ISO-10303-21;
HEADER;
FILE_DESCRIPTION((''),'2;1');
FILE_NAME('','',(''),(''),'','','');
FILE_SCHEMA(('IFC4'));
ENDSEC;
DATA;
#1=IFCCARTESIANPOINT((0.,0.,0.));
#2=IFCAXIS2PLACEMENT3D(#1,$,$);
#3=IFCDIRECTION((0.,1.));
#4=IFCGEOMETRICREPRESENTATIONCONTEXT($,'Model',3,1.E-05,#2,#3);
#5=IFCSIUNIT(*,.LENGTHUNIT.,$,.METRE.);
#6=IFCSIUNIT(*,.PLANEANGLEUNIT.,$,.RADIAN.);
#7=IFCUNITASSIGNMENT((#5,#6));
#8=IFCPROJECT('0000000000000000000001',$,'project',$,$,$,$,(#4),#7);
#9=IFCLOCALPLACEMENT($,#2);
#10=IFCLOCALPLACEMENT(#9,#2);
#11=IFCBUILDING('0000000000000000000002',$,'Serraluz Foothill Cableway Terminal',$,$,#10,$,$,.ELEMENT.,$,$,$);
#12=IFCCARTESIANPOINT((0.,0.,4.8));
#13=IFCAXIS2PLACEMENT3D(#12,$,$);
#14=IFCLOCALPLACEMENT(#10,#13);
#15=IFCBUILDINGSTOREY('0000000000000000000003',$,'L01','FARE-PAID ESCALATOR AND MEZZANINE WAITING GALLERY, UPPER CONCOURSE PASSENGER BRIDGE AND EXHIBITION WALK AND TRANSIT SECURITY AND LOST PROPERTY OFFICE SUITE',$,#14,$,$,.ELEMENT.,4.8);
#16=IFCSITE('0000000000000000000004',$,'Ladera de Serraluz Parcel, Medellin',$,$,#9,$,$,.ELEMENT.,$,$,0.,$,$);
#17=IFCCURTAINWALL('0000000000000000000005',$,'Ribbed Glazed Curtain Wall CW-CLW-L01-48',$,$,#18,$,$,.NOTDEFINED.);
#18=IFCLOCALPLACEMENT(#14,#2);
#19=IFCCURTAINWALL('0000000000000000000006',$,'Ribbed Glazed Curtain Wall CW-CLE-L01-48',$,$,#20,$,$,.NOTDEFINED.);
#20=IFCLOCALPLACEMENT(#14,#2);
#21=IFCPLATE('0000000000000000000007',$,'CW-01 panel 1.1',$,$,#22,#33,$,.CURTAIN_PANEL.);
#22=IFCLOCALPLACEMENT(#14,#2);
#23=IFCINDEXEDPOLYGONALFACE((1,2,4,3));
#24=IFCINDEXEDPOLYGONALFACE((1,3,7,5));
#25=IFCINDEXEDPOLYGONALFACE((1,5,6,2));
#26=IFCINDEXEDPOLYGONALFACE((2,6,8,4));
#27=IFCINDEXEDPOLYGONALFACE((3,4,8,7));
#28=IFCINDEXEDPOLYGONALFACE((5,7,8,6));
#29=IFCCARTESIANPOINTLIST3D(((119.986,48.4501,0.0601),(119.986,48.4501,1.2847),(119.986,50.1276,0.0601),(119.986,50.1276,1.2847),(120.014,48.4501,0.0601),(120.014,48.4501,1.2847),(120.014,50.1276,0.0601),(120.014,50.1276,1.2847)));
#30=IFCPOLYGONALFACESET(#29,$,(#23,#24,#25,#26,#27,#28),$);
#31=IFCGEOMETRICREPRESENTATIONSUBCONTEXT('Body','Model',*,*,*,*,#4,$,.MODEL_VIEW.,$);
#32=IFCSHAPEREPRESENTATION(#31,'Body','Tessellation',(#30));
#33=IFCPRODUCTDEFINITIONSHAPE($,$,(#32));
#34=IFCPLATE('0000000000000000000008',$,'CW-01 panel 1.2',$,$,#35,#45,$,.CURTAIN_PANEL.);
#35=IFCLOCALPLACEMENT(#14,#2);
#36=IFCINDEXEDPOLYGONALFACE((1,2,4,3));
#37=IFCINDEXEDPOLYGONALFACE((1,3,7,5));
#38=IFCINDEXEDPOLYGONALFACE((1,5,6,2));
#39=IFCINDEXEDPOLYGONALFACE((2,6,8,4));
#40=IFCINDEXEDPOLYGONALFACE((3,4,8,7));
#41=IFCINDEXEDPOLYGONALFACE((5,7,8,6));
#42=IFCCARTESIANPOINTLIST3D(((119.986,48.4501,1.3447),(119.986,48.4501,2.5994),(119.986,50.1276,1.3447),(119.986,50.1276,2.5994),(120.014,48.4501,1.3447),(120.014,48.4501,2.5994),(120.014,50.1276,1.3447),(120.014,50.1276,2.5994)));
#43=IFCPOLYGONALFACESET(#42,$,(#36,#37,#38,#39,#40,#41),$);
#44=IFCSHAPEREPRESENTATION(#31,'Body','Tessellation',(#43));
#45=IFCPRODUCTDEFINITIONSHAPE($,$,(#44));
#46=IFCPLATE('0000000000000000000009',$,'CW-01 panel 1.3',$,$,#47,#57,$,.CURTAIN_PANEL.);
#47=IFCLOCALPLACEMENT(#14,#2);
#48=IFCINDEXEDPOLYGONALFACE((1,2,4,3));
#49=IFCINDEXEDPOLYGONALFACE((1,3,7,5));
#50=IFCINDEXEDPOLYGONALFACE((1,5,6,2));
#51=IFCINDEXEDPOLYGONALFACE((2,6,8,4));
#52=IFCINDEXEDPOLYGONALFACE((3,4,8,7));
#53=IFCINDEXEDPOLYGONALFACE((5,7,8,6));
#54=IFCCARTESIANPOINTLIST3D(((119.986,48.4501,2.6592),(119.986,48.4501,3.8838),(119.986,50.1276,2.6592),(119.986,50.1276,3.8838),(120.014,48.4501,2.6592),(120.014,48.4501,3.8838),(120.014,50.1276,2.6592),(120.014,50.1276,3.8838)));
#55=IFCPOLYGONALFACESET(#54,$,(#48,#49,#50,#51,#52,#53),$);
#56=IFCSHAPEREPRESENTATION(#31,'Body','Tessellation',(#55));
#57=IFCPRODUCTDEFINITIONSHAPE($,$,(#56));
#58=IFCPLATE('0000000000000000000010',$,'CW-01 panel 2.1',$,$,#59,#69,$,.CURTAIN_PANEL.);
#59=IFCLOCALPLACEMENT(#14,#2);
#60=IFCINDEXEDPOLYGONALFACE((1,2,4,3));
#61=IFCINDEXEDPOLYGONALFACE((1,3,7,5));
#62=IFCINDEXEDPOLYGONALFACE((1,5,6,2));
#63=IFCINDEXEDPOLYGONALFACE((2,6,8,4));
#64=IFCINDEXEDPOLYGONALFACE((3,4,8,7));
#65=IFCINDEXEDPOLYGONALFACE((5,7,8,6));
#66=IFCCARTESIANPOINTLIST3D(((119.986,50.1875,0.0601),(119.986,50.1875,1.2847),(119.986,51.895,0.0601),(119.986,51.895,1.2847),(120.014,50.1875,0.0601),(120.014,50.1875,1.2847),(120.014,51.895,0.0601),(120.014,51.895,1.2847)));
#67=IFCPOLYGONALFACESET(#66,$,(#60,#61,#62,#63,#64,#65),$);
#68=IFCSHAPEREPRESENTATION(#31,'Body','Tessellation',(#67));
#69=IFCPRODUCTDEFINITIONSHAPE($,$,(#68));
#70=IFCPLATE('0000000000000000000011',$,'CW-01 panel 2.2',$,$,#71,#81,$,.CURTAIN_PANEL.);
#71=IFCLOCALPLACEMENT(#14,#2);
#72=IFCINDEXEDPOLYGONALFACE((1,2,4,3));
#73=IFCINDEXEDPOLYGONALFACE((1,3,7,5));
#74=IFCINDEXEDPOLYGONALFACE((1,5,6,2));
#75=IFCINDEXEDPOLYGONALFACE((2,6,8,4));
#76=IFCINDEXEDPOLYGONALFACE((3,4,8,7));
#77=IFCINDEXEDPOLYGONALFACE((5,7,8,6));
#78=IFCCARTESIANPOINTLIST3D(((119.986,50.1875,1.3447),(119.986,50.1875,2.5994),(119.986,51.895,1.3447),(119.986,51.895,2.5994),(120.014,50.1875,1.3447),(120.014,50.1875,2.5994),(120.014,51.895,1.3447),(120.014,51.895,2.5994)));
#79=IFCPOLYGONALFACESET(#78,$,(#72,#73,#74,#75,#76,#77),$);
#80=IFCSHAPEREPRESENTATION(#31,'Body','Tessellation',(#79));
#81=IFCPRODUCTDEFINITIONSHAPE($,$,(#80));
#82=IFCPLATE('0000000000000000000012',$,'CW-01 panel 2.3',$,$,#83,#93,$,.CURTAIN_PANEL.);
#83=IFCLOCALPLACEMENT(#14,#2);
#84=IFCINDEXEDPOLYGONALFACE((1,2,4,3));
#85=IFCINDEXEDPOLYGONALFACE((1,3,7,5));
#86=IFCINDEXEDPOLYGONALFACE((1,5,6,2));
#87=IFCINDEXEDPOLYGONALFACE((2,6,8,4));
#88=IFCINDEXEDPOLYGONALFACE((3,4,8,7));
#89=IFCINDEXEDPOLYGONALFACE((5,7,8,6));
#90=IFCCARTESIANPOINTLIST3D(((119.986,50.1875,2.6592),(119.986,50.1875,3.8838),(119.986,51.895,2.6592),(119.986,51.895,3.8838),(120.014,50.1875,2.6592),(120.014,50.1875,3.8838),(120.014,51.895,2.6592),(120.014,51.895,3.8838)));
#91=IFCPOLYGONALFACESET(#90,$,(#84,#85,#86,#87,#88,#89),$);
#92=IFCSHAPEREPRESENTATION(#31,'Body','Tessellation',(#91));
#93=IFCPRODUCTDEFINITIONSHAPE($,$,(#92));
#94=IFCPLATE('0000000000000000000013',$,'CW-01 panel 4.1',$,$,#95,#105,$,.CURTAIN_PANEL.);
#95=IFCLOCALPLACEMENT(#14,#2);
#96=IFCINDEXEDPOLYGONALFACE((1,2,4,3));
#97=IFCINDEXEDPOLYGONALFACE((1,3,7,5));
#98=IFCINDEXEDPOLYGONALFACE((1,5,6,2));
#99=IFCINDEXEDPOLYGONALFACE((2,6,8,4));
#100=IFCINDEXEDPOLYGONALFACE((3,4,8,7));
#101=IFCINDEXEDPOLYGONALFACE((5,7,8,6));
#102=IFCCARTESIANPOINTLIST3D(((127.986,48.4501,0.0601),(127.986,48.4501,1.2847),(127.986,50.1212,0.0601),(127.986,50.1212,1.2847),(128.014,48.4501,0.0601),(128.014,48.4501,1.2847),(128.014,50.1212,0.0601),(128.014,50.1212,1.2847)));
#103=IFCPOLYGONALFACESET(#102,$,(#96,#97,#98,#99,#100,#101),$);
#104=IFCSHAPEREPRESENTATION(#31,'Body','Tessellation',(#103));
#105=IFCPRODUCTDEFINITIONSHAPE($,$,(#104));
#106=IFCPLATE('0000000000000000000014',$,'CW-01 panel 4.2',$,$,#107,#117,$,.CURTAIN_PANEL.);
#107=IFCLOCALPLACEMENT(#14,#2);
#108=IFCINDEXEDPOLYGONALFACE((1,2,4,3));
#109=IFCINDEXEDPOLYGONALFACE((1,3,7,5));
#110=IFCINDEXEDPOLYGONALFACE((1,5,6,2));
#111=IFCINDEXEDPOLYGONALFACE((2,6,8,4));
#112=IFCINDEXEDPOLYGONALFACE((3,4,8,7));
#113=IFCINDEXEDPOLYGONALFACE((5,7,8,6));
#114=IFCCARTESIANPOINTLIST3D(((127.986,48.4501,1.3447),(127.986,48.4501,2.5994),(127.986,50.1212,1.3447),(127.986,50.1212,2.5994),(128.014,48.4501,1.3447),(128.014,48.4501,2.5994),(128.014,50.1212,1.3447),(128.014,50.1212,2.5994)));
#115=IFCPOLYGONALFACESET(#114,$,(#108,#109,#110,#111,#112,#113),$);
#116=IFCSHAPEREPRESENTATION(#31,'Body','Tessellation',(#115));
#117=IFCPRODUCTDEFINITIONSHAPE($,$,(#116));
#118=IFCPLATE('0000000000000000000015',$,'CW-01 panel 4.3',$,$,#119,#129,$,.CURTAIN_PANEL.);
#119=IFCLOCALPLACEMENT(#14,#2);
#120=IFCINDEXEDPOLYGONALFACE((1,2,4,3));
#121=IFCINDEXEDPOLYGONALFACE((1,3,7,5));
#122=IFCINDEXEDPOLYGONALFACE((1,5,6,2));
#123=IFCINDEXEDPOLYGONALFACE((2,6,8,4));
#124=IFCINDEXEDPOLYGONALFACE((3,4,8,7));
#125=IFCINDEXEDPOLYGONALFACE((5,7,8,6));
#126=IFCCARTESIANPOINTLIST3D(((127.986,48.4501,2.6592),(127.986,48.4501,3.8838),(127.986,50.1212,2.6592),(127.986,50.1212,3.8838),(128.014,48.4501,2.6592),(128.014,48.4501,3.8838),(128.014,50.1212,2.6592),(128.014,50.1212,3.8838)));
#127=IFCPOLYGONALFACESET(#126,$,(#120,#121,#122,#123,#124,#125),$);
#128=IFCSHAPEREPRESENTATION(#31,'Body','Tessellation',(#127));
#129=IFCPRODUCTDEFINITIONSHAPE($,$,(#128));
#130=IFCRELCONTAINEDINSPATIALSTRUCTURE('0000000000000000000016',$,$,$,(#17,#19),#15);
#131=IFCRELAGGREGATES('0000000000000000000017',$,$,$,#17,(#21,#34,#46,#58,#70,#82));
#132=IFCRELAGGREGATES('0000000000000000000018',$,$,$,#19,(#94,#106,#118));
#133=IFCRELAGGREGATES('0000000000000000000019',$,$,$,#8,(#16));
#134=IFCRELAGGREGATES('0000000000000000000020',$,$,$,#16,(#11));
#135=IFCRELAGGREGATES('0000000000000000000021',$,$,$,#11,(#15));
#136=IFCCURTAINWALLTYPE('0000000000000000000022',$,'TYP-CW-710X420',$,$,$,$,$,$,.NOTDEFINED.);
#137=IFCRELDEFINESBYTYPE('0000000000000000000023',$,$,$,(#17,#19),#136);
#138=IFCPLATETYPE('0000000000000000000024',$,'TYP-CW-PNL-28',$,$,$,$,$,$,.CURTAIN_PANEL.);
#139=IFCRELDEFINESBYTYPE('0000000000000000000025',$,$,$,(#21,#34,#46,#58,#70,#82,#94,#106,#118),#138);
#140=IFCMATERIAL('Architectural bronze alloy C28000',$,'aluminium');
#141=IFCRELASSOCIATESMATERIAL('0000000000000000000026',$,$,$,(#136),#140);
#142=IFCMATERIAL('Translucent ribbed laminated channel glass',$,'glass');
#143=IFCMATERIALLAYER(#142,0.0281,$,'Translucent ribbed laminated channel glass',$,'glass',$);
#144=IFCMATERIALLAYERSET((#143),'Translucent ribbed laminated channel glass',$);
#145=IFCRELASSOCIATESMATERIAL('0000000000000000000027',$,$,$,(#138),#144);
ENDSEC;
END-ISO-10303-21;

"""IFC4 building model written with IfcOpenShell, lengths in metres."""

from ifc_helpers import new_model, si_unit, direction, frame, origin, origin_2d, place, context, subcontext, project, spatial, rectangle, extrude, material, layer, layer_set, type_object, element, aggregate, save


model = new_model("IFC4")

# Units and contexts
model_context = context("Model", 3, precision=1e-05, world=origin(), true_north=direction((0.0, 1.0)))
body_context = subcontext(model_context, "Body", "Model", "MODEL_VIEW")
ifc_project = project(units=[si_unit("LENGTHUNIT", "METRE"), si_unit("PLANEANGLEUNIT", "RADIAN")], contexts=[model_context])

# Site, building, storey
site_placement = place(None, origin())
site = spatial("IfcSite", under=ifc_project, at=site_placement, Name="Ladera de Serraluz Parcel, Medellin", CompositionType="ELEMENT", RefElevation=0.0)
building_placement = place(site_placement, origin())
building = spatial("IfcBuilding", under=site, at=building_placement, Name="Serraluz Foothill Cableway Terminal", CompositionType="ELEMENT")
storey_placement = place(building_placement, frame((0.0, 0.0, 4.8)))
storey = spatial("IfcBuildingStorey", under=building, at=storey_placement, Name="L01", Description="FARE-PAID ESCALATOR AND MEZZANINE WAITING GALLERY, UPPER CONCOURSE PASSENGER BRIDGE AND EXHIBITION WALK AND TRANSIT SECURITY AND LOST PROPERTY OFFICE SUITE", CompositionType="ELEMENT", Elevation=4.8)

# Shared definitions
ifc_material_1 = material(Name="Architectural bronze alloy C28000", Category="aluminium")
curtain_wall_type = type_object("IfcCurtainWallType", Name="TYP-CW-710X420", PredefinedType="NOTDEFINED", material=ifc_material_1)

# Curtain wall
curtain_wall_1_placement = place(storey_placement, origin())
curtain_wall_1 = element("IfcCurtainWall", 1, at=curtain_wall_1_placement, inside=storey, type_object=curtain_wall_type, Name="Ribbed Glazed Curtain Wall CW-CLW-L01-48", PredefinedType="NOTDEFINED")

# Curtain wall
curtain_wall_2_placement = place(storey_placement, origin())
curtain_wall_2 = element("IfcCurtainWall", 2, at=curtain_wall_2_placement, inside=storey, type_object=curtain_wall_type, Name="Ribbed Glazed Curtain Wall CW-CLE-L01-48", PredefinedType="NOTDEFINED")

# Plates
ifc_material_2 = material(Name="Translucent ribbed laminated channel glass", Category="glass")
ifc_layer = layer(ifc_material_2, 0.0281, Name="Translucent ribbed laminated channel glass", Category="glass")
ifc_layer_set = layer_set([ifc_layer], Name="Translucent ribbed laminated channel glass")
plate_type = type_object("IfcPlateType", Name="TYP-CW-PNL-28", PredefinedType="CURTAIN_PANEL", material=ifc_layer_set)
plate_1_placement = place(storey_placement, frame((120.0, 49.2888, 0.0601), z_axis=(0.0, 0.0, 1.0), x_axis=(0.0, 1.0, 0.0)))
plate_1 = element("IfcPlate", 3, at=plate_1_placement, type_object=plate_type, Name="CW-01 panel 1.1", PredefinedType="CURTAIN_PANEL", context=body_context, shape_type="SweptSolid", body=[
    extrude(rectangle(XDim=1.6775, YDim=0.0281, at=origin_2d()), origin(), (0.0, 0.0, 1.0), 1.2246),
])
plate_2_placement = place(storey_placement, frame((120.0, 49.2888, 1.3447), z_axis=(0.0, 0.0, 1.0), x_axis=(0.0, 1.0, 0.0)))
plate_2 = element("IfcPlate", 4, at=plate_2_placement, type_object=plate_type, Name="CW-01 panel 1.2", PredefinedType="CURTAIN_PANEL", context=body_context, shape_type="SweptSolid", body=[
    extrude(rectangle(XDim=1.6775, YDim=0.0281, at=origin_2d()), origin(), (0.0, 0.0, 1.0), 1.2546),
])
plate_3_placement = place(storey_placement, frame((120.0, 49.2888, 2.6592), z_axis=(0.0, 0.0, 1.0), x_axis=(0.0, 1.0, 0.0)))
plate_3 = element("IfcPlate", 5, at=plate_3_placement, type_object=plate_type, Name="CW-01 panel 1.3", PredefinedType="CURTAIN_PANEL", context=body_context, shape_type="SweptSolid", body=[
    extrude(rectangle(XDim=1.6775, YDim=0.0281, at=origin_2d()), origin(), (0.0, 0.0, 1.0), 1.2246),
])
plate_4_placement = place(storey_placement, frame((120.0, 51.0413, 0.0601), z_axis=(0.0, 0.0, 1.0), x_axis=(0.0, 1.0, 0.0)))
plate_4 = element("IfcPlate", 6, at=plate_4_placement, type_object=plate_type, Name="CW-01 panel 2.1", PredefinedType="CURTAIN_PANEL", context=body_context, shape_type="SweptSolid", body=[
    extrude(rectangle(XDim=1.7075, YDim=0.0281, at=origin_2d()), origin(), (0.0, 0.0, 1.0), 1.2246),
])
plate_5_placement = place(storey_placement, frame((120.0, 51.0413, 1.3447), z_axis=(0.0, 0.0, 1.0), x_axis=(0.0, 1.0, 0.0)))
plate_5 = element("IfcPlate", 7, at=plate_5_placement, type_object=plate_type, Name="CW-01 panel 2.2", PredefinedType="CURTAIN_PANEL", context=body_context, shape_type="SweptSolid", body=[
    extrude(rectangle(XDim=1.7075, YDim=0.0281, at=origin_2d()), origin(), (0.0, 0.0, 1.0), 1.2546),
])
plate_6_placement = place(storey_placement, frame((120.0, 51.0413, 2.6592), z_axis=(0.0, 0.0, 1.0), x_axis=(0.0, 1.0, 0.0)))
plate_6 = element("IfcPlate", 8, at=plate_6_placement, type_object=plate_type, Name="CW-01 panel 2.3", PredefinedType="CURTAIN_PANEL", context=body_context, shape_type="SweptSolid", body=[
    extrude(rectangle(XDim=1.7075, YDim=0.0281, at=origin_2d()), origin(), (0.0, 0.0, 1.0), 1.2246),
])
aggregate(curtain_wall_1, [plate_1, plate_2, plate_3, plate_4, plate_5, plate_6])
plate_7_placement = place(storey_placement, frame((128.0, 49.2856, 0.0601), z_axis=(0.0, 0.0, 1.0), x_axis=(0.0, -1.0, 0.0)))
plate_7 = element("IfcPlate", 9, at=plate_7_placement, type_object=plate_type, Name="CW-01 panel 4.1", PredefinedType="CURTAIN_PANEL", context=body_context, shape_type="SweptSolid", body=[
    extrude(rectangle(XDim=1.6711, YDim=0.0281, at=origin_2d()), origin(), (0.0, 0.0, 1.0), 1.2246),
])
plate_8_placement = place(storey_placement, frame((128.0, 49.2856, 1.3447), z_axis=(0.0, 0.0, 1.0), x_axis=(0.0, -1.0, 0.0)))
plate_8 = element("IfcPlate", 10, at=plate_8_placement, type_object=plate_type, Name="CW-01 panel 4.2", PredefinedType="CURTAIN_PANEL", context=body_context, shape_type="SweptSolid", body=[
    extrude(rectangle(XDim=1.6711, YDim=0.0281, at=origin_2d()), origin(), (0.0, 0.0, 1.0), 1.2546),
])
plate_9_placement = place(storey_placement, frame((128.0, 49.2856, 2.6592), z_axis=(0.0, 0.0, 1.0), x_axis=(0.0, -1.0, 0.0)))
plate_9 = element("IfcPlate", 11, at=plate_9_placement, type_object=plate_type, Name="CW-01 panel 4.3", PredefinedType="CURTAIN_PANEL", context=body_context, shape_type="SweptSolid", body=[
    extrude(rectangle(XDim=1.6711, YDim=0.0281, at=origin_2d()), origin(), (0.0, 0.0, 1.0), 1.2246),
])
aggregate(curtain_wall_2, [plate_7, plate_8, plate_9])

save(model, "model.ifc")
